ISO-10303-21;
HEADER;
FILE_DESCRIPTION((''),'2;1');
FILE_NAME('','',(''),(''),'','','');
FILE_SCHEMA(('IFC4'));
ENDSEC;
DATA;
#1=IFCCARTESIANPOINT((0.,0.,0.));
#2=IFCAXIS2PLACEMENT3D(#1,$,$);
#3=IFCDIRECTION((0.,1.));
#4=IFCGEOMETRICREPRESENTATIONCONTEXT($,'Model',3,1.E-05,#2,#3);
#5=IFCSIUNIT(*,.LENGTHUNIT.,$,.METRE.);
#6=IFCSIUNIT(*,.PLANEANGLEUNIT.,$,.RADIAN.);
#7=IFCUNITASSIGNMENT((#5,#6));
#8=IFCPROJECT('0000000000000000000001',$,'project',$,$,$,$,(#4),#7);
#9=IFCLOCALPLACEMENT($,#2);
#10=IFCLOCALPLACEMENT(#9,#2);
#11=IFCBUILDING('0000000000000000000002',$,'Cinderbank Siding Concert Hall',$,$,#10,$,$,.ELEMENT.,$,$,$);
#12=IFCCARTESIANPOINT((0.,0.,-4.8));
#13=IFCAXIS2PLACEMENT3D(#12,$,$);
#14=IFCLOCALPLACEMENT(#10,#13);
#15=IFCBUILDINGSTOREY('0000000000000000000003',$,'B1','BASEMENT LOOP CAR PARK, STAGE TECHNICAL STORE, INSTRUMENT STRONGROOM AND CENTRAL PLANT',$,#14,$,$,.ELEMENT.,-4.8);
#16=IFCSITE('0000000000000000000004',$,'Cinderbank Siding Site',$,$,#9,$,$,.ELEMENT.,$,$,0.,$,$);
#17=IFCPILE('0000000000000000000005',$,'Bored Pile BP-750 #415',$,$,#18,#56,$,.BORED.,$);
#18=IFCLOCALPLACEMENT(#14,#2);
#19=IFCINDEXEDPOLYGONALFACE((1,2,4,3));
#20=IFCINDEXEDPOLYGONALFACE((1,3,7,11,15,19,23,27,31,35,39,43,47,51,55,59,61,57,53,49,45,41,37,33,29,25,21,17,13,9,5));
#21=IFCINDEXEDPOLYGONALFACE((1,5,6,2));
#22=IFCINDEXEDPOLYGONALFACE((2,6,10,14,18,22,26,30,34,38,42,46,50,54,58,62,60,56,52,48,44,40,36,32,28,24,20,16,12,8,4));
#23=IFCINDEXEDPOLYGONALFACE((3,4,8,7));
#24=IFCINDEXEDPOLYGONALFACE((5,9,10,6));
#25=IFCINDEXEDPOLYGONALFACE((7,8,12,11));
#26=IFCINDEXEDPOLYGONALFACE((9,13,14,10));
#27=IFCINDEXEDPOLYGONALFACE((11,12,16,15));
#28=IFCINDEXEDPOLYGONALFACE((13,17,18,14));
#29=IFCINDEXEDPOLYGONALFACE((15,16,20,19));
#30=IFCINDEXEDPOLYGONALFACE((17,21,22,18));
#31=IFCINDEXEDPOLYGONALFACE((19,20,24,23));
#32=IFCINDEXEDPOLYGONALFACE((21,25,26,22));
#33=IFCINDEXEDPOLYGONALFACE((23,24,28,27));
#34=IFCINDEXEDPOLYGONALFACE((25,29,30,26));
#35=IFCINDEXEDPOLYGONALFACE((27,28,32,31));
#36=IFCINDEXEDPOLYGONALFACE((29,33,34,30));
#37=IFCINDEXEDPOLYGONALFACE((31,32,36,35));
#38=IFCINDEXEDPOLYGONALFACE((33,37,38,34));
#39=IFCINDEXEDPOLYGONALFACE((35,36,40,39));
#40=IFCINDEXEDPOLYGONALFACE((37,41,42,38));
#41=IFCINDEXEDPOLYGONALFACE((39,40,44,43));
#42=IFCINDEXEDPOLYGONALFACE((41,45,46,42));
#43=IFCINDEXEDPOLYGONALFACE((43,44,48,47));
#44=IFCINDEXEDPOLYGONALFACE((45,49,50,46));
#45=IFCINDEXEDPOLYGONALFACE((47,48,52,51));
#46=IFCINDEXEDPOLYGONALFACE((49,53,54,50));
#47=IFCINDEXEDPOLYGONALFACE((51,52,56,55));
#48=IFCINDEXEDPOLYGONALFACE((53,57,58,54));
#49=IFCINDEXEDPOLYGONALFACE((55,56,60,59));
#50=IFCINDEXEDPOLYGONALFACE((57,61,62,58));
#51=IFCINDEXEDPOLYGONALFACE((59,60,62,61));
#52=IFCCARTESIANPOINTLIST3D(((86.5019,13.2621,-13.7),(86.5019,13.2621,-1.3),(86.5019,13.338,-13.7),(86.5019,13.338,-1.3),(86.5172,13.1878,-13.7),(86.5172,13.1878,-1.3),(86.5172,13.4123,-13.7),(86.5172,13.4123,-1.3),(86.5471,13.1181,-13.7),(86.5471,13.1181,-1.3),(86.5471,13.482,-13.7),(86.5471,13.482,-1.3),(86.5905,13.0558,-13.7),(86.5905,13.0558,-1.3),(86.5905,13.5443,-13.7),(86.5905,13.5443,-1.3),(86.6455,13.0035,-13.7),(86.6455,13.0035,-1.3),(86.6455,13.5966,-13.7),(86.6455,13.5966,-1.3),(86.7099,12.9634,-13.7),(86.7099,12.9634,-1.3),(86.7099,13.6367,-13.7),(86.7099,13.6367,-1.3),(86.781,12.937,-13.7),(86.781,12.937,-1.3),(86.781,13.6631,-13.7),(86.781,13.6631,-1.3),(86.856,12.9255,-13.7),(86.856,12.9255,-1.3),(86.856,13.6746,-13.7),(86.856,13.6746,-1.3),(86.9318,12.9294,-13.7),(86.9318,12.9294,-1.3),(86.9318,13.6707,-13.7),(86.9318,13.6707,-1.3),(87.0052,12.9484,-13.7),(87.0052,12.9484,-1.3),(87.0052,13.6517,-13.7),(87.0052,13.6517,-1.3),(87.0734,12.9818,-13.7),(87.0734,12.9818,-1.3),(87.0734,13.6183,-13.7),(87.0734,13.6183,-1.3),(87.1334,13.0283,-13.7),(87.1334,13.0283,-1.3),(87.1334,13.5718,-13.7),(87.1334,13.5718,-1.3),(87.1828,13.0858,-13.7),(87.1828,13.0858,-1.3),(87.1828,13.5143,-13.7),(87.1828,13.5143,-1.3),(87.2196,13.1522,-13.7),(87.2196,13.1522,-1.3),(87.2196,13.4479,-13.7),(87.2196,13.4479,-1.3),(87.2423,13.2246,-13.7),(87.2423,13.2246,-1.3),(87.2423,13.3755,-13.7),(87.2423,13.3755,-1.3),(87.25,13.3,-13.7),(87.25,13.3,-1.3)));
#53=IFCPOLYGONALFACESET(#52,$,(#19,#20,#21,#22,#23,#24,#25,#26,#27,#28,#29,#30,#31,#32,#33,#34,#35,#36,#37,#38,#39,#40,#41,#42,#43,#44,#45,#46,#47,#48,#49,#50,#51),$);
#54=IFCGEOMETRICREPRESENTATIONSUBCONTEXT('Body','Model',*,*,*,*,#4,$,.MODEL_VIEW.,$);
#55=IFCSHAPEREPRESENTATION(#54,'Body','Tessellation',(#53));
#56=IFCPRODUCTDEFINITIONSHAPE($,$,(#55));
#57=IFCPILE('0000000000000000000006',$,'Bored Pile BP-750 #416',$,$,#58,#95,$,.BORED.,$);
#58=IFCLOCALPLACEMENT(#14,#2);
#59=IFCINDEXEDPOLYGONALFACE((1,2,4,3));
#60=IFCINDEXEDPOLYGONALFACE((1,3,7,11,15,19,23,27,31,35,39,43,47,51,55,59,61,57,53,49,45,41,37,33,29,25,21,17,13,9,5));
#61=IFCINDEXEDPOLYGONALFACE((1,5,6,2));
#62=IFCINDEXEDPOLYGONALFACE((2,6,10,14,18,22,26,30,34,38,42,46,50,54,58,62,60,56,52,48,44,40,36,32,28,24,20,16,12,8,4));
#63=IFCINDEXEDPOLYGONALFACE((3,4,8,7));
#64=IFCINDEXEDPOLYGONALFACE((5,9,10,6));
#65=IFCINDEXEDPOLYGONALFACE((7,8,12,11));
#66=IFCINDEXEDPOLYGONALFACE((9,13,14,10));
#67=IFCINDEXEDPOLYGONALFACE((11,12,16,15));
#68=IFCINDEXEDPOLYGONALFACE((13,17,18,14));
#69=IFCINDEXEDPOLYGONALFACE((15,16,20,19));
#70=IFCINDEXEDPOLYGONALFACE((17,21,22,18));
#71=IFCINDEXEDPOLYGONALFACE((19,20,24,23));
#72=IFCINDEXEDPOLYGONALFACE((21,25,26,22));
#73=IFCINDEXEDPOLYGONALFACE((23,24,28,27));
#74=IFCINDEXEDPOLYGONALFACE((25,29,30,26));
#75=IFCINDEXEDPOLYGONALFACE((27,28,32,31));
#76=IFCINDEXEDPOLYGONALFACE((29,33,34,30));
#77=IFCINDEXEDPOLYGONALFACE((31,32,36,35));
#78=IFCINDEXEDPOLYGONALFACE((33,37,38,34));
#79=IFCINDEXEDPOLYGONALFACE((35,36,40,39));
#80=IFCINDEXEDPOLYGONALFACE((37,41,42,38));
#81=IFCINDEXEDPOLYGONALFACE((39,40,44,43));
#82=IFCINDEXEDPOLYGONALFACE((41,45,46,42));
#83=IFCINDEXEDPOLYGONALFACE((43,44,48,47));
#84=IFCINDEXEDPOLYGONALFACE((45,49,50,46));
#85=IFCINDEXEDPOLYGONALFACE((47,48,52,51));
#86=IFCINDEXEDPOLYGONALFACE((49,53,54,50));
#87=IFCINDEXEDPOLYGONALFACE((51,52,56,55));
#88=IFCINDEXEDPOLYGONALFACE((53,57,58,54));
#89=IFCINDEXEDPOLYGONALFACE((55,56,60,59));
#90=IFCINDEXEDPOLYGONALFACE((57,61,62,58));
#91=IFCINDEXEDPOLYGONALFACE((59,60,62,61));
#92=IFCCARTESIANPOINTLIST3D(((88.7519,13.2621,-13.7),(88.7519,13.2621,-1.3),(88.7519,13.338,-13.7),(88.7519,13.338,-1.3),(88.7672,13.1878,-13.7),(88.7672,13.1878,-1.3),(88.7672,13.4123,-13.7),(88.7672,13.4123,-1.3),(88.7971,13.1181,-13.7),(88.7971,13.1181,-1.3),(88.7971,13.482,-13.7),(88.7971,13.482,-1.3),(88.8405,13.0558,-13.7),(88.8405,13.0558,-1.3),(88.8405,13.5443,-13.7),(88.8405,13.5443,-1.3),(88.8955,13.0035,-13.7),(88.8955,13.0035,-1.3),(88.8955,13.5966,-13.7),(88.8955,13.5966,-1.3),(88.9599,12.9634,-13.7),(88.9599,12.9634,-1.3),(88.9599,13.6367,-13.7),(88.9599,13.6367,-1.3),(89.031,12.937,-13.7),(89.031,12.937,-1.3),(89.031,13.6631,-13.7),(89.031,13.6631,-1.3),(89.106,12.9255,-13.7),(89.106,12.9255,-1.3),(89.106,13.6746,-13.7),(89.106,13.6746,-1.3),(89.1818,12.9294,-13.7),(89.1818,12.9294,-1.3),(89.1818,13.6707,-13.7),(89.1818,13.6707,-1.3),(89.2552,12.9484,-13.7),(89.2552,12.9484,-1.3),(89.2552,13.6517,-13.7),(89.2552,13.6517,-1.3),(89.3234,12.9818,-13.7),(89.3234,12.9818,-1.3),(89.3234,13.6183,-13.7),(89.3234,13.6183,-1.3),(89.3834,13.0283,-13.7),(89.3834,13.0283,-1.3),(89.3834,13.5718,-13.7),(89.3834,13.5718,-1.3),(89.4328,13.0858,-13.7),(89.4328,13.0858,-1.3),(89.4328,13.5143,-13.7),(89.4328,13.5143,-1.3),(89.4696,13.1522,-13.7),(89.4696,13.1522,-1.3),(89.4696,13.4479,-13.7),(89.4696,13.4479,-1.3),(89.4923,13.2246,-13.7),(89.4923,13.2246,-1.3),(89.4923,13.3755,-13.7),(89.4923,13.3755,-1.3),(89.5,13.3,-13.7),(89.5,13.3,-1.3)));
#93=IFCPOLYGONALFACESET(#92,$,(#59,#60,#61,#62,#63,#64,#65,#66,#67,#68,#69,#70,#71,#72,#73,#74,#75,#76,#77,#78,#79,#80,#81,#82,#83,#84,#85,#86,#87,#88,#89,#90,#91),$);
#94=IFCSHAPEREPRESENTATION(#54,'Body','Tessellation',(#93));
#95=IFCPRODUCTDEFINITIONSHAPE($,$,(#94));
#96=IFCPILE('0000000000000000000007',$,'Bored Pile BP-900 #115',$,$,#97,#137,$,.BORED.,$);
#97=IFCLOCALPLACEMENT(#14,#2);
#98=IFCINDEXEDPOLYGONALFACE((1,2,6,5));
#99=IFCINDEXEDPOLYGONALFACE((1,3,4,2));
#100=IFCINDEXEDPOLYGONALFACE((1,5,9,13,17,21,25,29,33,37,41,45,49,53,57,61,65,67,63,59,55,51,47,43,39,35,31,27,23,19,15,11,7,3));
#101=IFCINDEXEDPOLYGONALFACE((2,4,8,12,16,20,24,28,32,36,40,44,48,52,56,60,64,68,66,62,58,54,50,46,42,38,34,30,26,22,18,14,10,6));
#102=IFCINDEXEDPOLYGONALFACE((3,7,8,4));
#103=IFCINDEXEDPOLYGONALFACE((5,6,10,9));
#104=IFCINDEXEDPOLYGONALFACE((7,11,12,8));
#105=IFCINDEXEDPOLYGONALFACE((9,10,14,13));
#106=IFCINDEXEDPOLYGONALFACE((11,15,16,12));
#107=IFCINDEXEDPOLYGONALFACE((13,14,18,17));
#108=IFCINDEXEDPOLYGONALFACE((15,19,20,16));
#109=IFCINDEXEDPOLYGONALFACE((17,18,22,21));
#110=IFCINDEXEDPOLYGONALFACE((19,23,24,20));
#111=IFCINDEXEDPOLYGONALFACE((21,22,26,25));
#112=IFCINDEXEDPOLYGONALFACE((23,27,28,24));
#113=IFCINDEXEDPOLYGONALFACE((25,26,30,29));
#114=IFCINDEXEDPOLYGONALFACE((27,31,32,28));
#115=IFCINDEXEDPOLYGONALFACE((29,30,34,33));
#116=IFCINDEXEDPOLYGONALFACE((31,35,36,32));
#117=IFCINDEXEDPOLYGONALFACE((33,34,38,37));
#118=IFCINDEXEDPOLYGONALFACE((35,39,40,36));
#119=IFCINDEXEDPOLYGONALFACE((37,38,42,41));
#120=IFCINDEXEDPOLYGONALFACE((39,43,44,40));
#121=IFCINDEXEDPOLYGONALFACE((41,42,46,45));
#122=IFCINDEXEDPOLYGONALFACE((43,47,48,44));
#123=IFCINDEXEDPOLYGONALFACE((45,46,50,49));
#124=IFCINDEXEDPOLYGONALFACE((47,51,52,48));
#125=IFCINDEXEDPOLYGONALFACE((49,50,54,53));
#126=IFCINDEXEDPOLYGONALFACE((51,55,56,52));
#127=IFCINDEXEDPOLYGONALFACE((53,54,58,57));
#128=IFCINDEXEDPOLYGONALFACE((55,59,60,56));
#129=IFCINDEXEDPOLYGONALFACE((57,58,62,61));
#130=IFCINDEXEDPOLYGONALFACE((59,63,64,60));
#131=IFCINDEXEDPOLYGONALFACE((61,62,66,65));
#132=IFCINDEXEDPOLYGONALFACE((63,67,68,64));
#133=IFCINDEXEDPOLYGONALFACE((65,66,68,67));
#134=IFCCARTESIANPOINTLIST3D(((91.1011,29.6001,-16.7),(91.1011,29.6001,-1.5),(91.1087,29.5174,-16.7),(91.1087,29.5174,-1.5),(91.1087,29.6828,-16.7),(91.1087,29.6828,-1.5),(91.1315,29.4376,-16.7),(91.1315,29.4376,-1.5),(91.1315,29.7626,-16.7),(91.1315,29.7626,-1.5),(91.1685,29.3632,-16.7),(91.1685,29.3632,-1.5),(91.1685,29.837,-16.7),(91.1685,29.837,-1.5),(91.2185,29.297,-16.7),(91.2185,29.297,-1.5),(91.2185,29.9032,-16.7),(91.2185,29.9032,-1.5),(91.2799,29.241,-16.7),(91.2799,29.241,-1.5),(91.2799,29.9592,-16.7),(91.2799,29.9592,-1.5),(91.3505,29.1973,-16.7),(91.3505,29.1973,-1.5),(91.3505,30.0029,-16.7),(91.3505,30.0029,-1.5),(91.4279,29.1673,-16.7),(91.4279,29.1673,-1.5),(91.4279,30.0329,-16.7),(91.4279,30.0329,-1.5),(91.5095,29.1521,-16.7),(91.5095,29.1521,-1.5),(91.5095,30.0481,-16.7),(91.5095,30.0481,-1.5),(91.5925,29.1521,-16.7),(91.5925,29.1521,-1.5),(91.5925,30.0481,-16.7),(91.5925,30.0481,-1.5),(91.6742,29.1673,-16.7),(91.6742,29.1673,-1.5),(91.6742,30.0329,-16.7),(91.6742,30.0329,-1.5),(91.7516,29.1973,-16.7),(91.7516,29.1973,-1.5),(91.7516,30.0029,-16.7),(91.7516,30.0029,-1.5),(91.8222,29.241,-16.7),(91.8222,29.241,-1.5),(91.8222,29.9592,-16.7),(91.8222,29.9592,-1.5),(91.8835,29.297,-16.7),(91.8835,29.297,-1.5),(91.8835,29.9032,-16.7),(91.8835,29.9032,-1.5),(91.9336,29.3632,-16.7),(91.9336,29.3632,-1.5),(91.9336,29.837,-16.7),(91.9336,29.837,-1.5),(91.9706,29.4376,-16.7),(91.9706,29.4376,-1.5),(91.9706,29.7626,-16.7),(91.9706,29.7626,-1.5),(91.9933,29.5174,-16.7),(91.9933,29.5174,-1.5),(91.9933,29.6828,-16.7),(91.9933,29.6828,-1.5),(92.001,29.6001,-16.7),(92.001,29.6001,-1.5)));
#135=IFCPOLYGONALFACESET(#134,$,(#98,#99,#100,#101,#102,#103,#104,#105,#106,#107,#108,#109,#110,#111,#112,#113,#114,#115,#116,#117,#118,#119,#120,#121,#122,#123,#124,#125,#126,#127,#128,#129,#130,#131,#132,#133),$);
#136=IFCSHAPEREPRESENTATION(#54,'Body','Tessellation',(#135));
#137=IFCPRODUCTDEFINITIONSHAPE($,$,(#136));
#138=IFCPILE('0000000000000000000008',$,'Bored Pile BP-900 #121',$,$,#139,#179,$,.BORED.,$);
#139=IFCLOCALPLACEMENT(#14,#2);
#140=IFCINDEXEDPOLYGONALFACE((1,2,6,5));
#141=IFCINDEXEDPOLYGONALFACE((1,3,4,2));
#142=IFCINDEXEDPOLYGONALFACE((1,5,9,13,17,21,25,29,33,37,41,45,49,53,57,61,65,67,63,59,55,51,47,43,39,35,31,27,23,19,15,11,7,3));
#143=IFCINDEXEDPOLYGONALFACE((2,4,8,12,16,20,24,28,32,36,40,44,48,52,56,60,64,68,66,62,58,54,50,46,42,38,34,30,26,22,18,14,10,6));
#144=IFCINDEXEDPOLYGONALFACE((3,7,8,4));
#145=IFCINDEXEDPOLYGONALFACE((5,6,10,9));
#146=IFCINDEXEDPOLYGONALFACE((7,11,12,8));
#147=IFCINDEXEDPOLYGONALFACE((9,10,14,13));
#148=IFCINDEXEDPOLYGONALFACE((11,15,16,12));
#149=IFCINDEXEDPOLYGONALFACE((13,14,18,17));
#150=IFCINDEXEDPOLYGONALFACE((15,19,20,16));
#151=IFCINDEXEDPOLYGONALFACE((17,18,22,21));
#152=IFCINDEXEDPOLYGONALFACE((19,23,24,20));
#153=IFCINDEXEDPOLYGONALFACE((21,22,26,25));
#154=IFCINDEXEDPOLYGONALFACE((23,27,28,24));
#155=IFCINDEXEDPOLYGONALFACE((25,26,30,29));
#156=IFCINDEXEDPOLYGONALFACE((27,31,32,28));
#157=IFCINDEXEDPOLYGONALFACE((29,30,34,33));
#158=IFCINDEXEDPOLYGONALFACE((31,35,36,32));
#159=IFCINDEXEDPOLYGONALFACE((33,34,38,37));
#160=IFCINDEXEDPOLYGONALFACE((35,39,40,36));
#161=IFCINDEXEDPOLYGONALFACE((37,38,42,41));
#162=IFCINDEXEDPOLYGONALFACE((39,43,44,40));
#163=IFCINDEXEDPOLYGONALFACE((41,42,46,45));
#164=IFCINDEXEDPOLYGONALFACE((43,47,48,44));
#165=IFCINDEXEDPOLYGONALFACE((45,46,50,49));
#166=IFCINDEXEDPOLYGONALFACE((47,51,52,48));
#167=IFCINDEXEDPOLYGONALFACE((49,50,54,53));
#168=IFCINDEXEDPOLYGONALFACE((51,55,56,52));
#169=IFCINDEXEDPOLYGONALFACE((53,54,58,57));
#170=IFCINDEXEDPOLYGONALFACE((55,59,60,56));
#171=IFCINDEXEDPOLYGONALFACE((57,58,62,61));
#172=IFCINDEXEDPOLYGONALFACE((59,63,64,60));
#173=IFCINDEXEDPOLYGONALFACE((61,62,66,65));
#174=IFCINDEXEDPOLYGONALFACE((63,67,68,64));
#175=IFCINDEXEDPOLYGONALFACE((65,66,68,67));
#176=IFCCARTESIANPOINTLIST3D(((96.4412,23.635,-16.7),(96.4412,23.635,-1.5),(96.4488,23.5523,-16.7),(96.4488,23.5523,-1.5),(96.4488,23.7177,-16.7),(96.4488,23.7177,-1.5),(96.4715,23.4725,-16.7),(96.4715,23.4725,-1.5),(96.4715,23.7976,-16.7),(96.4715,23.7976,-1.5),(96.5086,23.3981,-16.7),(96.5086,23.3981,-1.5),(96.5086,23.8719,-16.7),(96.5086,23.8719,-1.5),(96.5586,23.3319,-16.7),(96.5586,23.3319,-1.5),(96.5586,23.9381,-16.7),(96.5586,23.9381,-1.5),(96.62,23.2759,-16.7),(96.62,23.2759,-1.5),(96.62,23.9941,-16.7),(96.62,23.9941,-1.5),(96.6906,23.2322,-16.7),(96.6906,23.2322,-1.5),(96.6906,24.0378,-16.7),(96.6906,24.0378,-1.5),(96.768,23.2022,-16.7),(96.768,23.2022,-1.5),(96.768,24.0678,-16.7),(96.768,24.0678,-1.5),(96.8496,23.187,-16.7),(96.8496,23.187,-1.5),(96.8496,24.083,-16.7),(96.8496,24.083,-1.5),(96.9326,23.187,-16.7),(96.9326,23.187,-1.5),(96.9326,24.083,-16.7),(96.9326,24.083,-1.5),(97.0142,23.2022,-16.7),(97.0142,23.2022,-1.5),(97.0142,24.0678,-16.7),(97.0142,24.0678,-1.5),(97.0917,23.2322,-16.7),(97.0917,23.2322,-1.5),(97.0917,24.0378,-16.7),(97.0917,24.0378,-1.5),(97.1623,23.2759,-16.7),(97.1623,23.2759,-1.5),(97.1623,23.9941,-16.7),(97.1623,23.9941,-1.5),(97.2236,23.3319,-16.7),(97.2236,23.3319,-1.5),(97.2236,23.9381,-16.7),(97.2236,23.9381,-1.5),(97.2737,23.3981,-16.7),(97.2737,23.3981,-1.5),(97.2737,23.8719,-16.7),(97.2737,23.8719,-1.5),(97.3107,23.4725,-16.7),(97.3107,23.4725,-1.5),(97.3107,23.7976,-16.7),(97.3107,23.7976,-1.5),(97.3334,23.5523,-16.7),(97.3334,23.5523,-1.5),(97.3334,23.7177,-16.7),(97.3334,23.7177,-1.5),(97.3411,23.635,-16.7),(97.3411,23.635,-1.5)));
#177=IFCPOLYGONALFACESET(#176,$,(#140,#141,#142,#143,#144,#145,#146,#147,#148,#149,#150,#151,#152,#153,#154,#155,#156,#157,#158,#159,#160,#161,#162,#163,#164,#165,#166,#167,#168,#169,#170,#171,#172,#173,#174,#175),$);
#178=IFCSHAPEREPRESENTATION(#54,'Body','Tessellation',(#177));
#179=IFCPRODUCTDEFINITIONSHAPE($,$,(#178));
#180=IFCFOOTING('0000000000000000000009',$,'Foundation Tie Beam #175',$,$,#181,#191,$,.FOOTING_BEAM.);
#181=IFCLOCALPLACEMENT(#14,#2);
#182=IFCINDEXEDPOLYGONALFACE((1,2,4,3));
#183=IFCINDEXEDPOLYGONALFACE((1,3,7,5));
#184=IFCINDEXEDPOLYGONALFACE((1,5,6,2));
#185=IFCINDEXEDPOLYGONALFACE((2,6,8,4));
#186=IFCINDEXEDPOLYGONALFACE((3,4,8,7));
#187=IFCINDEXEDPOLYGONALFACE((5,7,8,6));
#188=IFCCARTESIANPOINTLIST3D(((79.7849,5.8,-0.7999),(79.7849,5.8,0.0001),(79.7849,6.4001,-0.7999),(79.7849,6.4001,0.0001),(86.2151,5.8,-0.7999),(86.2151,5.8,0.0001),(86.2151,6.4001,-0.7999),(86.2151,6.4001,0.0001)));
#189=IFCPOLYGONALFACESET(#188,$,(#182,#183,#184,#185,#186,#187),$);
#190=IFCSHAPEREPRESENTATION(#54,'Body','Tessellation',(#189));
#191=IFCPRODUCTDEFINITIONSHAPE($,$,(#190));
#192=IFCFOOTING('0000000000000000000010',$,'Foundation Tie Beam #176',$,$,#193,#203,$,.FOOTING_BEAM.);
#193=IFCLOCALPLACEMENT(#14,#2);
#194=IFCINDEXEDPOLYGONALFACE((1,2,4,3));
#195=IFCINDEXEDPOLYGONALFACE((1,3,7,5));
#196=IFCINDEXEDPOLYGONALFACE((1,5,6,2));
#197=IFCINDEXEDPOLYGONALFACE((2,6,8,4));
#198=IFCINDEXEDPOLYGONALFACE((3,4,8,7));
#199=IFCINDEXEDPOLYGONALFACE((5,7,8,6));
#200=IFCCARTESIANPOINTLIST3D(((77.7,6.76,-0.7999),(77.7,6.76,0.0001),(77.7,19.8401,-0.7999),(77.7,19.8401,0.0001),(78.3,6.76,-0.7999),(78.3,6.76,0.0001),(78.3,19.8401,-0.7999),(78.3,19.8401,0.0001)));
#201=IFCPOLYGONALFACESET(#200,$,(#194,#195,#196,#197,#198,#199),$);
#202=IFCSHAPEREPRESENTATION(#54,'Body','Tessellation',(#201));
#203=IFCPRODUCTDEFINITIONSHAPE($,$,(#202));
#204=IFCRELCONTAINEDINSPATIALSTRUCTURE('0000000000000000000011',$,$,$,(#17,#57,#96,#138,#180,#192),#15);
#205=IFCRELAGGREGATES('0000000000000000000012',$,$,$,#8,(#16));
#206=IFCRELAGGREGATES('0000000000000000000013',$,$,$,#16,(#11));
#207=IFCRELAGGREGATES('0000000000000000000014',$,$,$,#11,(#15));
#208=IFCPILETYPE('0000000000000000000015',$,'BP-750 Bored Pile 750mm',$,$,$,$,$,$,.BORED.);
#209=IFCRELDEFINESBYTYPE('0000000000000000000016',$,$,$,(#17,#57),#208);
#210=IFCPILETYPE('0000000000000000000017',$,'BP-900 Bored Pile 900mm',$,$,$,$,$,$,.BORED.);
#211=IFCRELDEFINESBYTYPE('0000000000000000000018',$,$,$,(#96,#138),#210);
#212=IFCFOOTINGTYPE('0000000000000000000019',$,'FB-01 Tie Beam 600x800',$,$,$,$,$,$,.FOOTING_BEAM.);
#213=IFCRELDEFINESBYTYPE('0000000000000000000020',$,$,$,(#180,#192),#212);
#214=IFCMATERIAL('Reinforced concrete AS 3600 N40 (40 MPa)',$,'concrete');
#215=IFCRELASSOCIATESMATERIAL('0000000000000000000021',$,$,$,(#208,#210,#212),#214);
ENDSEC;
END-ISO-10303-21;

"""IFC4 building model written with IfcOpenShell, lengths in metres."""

from ifc_helpers import new_model, si_unit, direction, frame, origin, origin_2d, place, context, subcontext, project, spatial, rectangle, circle, extrude, material, material_profile, profile_set, type_object, element, save


model = new_model("IFC4")

# Units and contexts
model_context = context("Model", 3, precision=1e-05, world=origin(), true_north=direction((0.0, 1.0)))
body_context = subcontext(model_context, "Body", "Model", "MODEL_VIEW")
ifc_project = project(units=[si_unit("LENGTHUNIT", "METRE"), si_unit("PLANEANGLEUNIT", "RADIAN")], contexts=[model_context])

# Site, building, storey
site_placement = place(None, origin())
site = spatial("IfcSite", under=ifc_project, at=site_placement, Name="Cinderbank Siding Site", CompositionType="ELEMENT", RefElevation=0.0)
building_placement = place(site_placement, origin())
building = spatial("IfcBuilding", under=site, at=building_placement, Name="Cinderbank Siding Concert Hall", CompositionType="ELEMENT")
storey_placement = place(building_placement, frame((0.0, 0.0, -4.8)))
storey = spatial("IfcBuildingStorey", under=building, at=storey_placement, Name="B1", Description="BASEMENT LOOP CAR PARK, STAGE TECHNICAL STORE, INSTRUMENT STRONGROOM AND CENTRAL PLANT", CompositionType="ELEMENT", Elevation=-4.8)

# Piles
ifc_material_1 = material(Name="Reinforced concrete AS 3600 N40 (40 MPa)", Category="concrete")
ifc_material_profile_1 = material_profile(ifc_material_1, circle(Radius=0.375, at=origin_2d()), Name="PILE-750DIA", Category="LoadBearing")
ifc_profile_set_1 = profile_set([ifc_material_profile_1], Name="Reinforced concrete AS 3600 N40 (40 MPa)")
pile_type_1 = type_object("IfcPileType", Name="BP-750 Bored Pile 750mm", PredefinedType="BORED", material=ifc_profile_set_1)
for number, where, z_axis, x_axis, name in (
    (1, (86.875, 13.3, -1.3), (0.0, 0.0, -1.0), (1.0, 0.0, 0.0), "Bored Pile BP-750 #415"),
    (2, (89.125, 13.3, -1.3), (0.0, 0.0, -1.0), (1.0, 0.0, 0.0), "Bored Pile BP-750 #416"),
):
    element("IfcPile", number, at=place(storey_placement, frame(where, z_axis=z_axis, x_axis=x_axis)), inside=storey, type_object=pile_type_1, Name=name, PredefinedType="BORED", context=body_context, shape_type="SweptSolid", body=[
        extrude(circle(Radius=0.375, at=origin_2d()), origin(), (0.0, 0.0, 1.0), 12.3999),
    ])
ifc_material_profile_2 = material_profile(ifc_material_1, circle(Radius=0.45, at=origin_2d()), Name="PILE-900DIA", Category="LoadBearing")
ifc_profile_set_2 = profile_set([ifc_material_profile_2], Name="Reinforced concrete AS 3600 N40 (40 MPa)")
pile_type_2 = type_object("IfcPileType", Name="BP-900 Bored Pile 900mm", PredefinedType="BORED", material=ifc_profile_set_2)
for number, where, z_axis, x_axis, name in (
    (3, (91.551, 29.6001, -1.5), (0.0, 0.0, -1.0), (1.0, 0.0, 0.0), "Bored Pile BP-900 #115"),
    (4, (96.8911, 23.635, -1.5), (0.0, 0.0, -1.0), (1.0, 0.0, 0.0), "Bored Pile BP-900 #121"),
):
    element("IfcPile", number, at=place(storey_placement, frame(where, z_axis=z_axis, x_axis=x_axis)), inside=storey, type_object=pile_type_2, Name=name, PredefinedType="BORED", context=body_context, shape_type="SweptSolid", body=[
        extrude(circle(Radius=0.45, at=origin_2d()), origin(), (0.0, 0.0, 1.0), 15.2),
    ])

# Footings
ifc_material_profile_3 = material_profile(ifc_material_1, rectangle(XDim=0.6001, YDim=0.8, at=origin_2d()), Name="RC-FB-600x800", Category="LoadBearing")
ifc_profile_set_3 = profile_set([ifc_material_profile_3], Name="Reinforced concrete AS 3600 N40 (40 MPa)")
footing_type_1 = type_object("IfcFootingType", Name="FB-01 Tie Beam 600x800", PredefinedType="FOOTING_BEAM", material=ifc_profile_set_3)
footing_1_placement = place(storey_placement, frame((79.7849, 6.1001, -0.3999), z_axis=(1.0, 0.0, 0.0), x_axis=(0.0, 1.0, 0.0)))
element("IfcFooting", 5, at=footing_1_placement, inside=storey, type_object=footing_type_1, Name="Foundation Tie Beam #175", PredefinedType="FOOTING_BEAM", context=body_context, shape_type="SweptSolid", body=[
    extrude(rectangle(XDim=0.6001, YDim=0.8, at=origin_2d()), origin(), (0.0, 0.0, 1.0), 6.4302),
])
footing_2_placement = place(storey_placement, frame((78.0, 6.76, -0.3999), z_axis=(0.0, 1.0, 0.0), x_axis=(-1.0, 0.0, 0.0)))
element("IfcFooting", 6, at=footing_2_placement, inside=storey, type_object=footing_type_1, Name="Foundation Tie Beam #176", PredefinedType="FOOTING_BEAM", context=body_context, shape_type="SweptSolid", body=[
    extrude(rectangle(XDim=0.6001, YDim=0.8, at=origin_2d()), origin(), (0.0, 0.0, 1.0), 13.0801),
])

save(model, "model.ifc")
